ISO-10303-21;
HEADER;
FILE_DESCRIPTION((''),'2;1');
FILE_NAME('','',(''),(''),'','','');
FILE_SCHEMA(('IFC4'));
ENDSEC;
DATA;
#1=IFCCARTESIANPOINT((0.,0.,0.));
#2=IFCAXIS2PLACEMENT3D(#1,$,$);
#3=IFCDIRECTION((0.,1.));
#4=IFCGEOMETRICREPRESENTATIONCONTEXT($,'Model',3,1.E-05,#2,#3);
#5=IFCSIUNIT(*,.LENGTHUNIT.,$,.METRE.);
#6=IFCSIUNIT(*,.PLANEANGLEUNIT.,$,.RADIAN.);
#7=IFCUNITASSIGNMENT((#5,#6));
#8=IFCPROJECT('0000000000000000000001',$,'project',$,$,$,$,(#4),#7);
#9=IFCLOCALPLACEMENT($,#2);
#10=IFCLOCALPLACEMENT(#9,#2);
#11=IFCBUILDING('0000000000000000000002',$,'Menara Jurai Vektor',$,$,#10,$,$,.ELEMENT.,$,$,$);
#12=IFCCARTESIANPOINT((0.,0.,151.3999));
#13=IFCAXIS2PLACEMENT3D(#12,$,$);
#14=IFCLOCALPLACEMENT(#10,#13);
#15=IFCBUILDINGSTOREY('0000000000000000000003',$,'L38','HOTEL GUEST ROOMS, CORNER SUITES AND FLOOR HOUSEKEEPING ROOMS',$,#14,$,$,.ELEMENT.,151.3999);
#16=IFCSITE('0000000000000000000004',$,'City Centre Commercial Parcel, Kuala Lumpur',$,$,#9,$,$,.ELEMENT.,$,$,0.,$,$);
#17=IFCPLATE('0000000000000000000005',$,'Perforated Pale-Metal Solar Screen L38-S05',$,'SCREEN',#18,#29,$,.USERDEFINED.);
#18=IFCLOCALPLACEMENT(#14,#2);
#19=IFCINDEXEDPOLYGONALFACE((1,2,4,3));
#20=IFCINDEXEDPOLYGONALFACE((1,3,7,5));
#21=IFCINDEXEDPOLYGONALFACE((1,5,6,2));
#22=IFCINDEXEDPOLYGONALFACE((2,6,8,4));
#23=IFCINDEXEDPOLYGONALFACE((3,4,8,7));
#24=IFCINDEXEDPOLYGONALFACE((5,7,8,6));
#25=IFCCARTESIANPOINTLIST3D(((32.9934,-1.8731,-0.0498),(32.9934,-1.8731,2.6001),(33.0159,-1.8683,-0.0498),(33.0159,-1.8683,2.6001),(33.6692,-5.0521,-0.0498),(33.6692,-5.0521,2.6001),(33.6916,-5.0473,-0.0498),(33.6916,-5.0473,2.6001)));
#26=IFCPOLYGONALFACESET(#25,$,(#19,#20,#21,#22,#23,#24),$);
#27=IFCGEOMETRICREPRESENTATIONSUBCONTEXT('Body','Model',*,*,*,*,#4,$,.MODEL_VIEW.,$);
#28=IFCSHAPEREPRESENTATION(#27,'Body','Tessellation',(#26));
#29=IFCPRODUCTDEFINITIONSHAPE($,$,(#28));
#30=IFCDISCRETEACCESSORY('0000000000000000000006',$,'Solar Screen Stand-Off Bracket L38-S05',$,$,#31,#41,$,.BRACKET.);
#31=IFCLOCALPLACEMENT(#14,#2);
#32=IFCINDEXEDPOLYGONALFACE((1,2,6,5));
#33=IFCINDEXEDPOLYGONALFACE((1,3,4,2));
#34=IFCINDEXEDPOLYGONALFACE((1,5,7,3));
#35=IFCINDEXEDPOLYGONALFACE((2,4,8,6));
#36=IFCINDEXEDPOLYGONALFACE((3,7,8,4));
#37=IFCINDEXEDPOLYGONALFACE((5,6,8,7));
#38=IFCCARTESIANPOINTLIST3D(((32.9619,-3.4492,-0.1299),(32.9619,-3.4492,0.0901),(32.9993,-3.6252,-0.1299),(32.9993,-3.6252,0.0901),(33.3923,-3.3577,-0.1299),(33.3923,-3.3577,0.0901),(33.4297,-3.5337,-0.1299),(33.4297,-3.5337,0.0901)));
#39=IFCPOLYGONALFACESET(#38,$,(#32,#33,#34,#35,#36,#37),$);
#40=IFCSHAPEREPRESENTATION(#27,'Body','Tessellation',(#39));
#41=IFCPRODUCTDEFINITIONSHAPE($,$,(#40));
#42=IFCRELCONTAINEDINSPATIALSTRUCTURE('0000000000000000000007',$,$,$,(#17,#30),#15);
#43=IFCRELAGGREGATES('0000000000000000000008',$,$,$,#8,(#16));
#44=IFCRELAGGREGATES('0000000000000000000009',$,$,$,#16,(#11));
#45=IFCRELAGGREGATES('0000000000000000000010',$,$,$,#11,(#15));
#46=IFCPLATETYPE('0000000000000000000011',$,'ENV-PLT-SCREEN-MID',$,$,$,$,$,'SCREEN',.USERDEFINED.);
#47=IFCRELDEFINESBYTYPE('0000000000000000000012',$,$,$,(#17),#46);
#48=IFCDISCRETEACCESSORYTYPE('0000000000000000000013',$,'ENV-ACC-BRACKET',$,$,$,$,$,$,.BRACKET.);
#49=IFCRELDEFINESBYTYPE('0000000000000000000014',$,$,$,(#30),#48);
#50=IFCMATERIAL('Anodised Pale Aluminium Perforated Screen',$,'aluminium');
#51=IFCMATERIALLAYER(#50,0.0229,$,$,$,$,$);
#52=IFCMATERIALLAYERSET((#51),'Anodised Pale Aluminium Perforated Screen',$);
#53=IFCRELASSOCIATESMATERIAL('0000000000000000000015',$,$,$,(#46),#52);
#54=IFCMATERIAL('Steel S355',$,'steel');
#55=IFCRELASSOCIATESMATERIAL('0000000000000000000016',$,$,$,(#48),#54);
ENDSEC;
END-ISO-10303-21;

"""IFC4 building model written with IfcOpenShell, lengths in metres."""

from ifc_helpers import new_model, si_unit, direction, frame, origin, origin_2d, place, context, subcontext, project, spatial, rectangle, extrude, material, layer, layer_set, type_object, element, save


model = new_model("IFC4")

# Units and contexts
model_context = context("Model", 3, precision=1e-05, world=origin(), true_north=direction((0.0, 1.0)))
body_context = subcontext(model_context, "Body", "Model", "MODEL_VIEW")
ifc_project = project(units=[si_unit("LENGTHUNIT", "METRE"), si_unit("PLANEANGLEUNIT", "RADIAN")], contexts=[model_context])

# Site, building, storey
site_placement = place(None, origin())
site = spatial("IfcSite", under=ifc_project, at=site_placement, Name="City Centre Commercial Parcel, Kuala Lumpur", CompositionType="ELEMENT", RefElevation=0.0)
building_placement = place(site_placement, origin())
building = spatial("IfcBuilding", under=site, at=building_placement, Name="Menara Jurai Vektor", CompositionType="ELEMENT")
storey_placement = place(building_placement, frame((0.0, 0.0, 151.3999)))
storey = spatial("IfcBuildingStorey", under=building, at=storey_placement, Name="L38", Description="HOTEL GUEST ROOMS, CORNER SUITES AND FLOOR HOUSEKEEPING ROOMS", CompositionType="ELEMENT", Elevation=151.3999)

# Shared definitions
ifc_material_1 = material(Name="Steel S355", Category="steel")

# Plate
ifc_material_2 = material(Name="Anodised Pale Aluminium Perforated Screen", Category="aluminium")
ifc_layer_1 = layer(ifc_material_2, 0.0229)
ifc_layer_set_1 = layer_set([ifc_layer_1], Name="Anodised Pale Aluminium Perforated Screen")
plate_type_1 = type_object("IfcPlateType", Name="ENV-PLT-SCREEN-MID", ElementType="SCREEN", PredefinedType="USERDEFINED", material=ifc_layer_set_1)
plate_1_placement = place(storey_placement, frame((33.3425, -3.4602, -0.0498), z_axis=(0.0, 0.0, 1.0), x_axis=(-0.207912, 0.978148, 0.0)))
element("IfcPlate", 1, at=plate_1_placement, inside=storey, type_object=plate_type_1, Name="Perforated Pale-Metal Solar Screen L38-S05", ObjectType="SCREEN", PredefinedType="USERDEFINED", context=body_context, shape_type="SweptSolid", body=[
    extrude(rectangle(XDim=3.25, YDim=0.0229, at=origin_2d()), origin(), (0.0, 0.0, 1.0), 2.6499),
])

# Discrete accessory
discrete_accessory_type = type_object("IfcDiscreteAccessoryType", Name="ENV-ACC-BRACKET", PredefinedType="BRACKET", material=ifc_material_1)
discrete_accessory_placement = place(storey_placement, frame((33.1958, -3.4915, -0.1299), z_axis=(0.0, 0.0, 1.0), x_axis=(-0.207912, 0.978148, 0.0)))
element("IfcDiscreteAccessory", 2, at=discrete_accessory_placement, inside=storey, type_object=discrete_accessory_type, Name="Solar Screen Stand-Off Bracket L38-S05", PredefinedType="BRACKET", context=body_context, shape_type="SweptSolid", body=[
    extrude(rectangle(XDim=0.1799, YDim=0.4399, at=origin_2d()), origin(), (0.0, 0.0, 1.0), 0.22),
])

save(model, "model.ifc")
